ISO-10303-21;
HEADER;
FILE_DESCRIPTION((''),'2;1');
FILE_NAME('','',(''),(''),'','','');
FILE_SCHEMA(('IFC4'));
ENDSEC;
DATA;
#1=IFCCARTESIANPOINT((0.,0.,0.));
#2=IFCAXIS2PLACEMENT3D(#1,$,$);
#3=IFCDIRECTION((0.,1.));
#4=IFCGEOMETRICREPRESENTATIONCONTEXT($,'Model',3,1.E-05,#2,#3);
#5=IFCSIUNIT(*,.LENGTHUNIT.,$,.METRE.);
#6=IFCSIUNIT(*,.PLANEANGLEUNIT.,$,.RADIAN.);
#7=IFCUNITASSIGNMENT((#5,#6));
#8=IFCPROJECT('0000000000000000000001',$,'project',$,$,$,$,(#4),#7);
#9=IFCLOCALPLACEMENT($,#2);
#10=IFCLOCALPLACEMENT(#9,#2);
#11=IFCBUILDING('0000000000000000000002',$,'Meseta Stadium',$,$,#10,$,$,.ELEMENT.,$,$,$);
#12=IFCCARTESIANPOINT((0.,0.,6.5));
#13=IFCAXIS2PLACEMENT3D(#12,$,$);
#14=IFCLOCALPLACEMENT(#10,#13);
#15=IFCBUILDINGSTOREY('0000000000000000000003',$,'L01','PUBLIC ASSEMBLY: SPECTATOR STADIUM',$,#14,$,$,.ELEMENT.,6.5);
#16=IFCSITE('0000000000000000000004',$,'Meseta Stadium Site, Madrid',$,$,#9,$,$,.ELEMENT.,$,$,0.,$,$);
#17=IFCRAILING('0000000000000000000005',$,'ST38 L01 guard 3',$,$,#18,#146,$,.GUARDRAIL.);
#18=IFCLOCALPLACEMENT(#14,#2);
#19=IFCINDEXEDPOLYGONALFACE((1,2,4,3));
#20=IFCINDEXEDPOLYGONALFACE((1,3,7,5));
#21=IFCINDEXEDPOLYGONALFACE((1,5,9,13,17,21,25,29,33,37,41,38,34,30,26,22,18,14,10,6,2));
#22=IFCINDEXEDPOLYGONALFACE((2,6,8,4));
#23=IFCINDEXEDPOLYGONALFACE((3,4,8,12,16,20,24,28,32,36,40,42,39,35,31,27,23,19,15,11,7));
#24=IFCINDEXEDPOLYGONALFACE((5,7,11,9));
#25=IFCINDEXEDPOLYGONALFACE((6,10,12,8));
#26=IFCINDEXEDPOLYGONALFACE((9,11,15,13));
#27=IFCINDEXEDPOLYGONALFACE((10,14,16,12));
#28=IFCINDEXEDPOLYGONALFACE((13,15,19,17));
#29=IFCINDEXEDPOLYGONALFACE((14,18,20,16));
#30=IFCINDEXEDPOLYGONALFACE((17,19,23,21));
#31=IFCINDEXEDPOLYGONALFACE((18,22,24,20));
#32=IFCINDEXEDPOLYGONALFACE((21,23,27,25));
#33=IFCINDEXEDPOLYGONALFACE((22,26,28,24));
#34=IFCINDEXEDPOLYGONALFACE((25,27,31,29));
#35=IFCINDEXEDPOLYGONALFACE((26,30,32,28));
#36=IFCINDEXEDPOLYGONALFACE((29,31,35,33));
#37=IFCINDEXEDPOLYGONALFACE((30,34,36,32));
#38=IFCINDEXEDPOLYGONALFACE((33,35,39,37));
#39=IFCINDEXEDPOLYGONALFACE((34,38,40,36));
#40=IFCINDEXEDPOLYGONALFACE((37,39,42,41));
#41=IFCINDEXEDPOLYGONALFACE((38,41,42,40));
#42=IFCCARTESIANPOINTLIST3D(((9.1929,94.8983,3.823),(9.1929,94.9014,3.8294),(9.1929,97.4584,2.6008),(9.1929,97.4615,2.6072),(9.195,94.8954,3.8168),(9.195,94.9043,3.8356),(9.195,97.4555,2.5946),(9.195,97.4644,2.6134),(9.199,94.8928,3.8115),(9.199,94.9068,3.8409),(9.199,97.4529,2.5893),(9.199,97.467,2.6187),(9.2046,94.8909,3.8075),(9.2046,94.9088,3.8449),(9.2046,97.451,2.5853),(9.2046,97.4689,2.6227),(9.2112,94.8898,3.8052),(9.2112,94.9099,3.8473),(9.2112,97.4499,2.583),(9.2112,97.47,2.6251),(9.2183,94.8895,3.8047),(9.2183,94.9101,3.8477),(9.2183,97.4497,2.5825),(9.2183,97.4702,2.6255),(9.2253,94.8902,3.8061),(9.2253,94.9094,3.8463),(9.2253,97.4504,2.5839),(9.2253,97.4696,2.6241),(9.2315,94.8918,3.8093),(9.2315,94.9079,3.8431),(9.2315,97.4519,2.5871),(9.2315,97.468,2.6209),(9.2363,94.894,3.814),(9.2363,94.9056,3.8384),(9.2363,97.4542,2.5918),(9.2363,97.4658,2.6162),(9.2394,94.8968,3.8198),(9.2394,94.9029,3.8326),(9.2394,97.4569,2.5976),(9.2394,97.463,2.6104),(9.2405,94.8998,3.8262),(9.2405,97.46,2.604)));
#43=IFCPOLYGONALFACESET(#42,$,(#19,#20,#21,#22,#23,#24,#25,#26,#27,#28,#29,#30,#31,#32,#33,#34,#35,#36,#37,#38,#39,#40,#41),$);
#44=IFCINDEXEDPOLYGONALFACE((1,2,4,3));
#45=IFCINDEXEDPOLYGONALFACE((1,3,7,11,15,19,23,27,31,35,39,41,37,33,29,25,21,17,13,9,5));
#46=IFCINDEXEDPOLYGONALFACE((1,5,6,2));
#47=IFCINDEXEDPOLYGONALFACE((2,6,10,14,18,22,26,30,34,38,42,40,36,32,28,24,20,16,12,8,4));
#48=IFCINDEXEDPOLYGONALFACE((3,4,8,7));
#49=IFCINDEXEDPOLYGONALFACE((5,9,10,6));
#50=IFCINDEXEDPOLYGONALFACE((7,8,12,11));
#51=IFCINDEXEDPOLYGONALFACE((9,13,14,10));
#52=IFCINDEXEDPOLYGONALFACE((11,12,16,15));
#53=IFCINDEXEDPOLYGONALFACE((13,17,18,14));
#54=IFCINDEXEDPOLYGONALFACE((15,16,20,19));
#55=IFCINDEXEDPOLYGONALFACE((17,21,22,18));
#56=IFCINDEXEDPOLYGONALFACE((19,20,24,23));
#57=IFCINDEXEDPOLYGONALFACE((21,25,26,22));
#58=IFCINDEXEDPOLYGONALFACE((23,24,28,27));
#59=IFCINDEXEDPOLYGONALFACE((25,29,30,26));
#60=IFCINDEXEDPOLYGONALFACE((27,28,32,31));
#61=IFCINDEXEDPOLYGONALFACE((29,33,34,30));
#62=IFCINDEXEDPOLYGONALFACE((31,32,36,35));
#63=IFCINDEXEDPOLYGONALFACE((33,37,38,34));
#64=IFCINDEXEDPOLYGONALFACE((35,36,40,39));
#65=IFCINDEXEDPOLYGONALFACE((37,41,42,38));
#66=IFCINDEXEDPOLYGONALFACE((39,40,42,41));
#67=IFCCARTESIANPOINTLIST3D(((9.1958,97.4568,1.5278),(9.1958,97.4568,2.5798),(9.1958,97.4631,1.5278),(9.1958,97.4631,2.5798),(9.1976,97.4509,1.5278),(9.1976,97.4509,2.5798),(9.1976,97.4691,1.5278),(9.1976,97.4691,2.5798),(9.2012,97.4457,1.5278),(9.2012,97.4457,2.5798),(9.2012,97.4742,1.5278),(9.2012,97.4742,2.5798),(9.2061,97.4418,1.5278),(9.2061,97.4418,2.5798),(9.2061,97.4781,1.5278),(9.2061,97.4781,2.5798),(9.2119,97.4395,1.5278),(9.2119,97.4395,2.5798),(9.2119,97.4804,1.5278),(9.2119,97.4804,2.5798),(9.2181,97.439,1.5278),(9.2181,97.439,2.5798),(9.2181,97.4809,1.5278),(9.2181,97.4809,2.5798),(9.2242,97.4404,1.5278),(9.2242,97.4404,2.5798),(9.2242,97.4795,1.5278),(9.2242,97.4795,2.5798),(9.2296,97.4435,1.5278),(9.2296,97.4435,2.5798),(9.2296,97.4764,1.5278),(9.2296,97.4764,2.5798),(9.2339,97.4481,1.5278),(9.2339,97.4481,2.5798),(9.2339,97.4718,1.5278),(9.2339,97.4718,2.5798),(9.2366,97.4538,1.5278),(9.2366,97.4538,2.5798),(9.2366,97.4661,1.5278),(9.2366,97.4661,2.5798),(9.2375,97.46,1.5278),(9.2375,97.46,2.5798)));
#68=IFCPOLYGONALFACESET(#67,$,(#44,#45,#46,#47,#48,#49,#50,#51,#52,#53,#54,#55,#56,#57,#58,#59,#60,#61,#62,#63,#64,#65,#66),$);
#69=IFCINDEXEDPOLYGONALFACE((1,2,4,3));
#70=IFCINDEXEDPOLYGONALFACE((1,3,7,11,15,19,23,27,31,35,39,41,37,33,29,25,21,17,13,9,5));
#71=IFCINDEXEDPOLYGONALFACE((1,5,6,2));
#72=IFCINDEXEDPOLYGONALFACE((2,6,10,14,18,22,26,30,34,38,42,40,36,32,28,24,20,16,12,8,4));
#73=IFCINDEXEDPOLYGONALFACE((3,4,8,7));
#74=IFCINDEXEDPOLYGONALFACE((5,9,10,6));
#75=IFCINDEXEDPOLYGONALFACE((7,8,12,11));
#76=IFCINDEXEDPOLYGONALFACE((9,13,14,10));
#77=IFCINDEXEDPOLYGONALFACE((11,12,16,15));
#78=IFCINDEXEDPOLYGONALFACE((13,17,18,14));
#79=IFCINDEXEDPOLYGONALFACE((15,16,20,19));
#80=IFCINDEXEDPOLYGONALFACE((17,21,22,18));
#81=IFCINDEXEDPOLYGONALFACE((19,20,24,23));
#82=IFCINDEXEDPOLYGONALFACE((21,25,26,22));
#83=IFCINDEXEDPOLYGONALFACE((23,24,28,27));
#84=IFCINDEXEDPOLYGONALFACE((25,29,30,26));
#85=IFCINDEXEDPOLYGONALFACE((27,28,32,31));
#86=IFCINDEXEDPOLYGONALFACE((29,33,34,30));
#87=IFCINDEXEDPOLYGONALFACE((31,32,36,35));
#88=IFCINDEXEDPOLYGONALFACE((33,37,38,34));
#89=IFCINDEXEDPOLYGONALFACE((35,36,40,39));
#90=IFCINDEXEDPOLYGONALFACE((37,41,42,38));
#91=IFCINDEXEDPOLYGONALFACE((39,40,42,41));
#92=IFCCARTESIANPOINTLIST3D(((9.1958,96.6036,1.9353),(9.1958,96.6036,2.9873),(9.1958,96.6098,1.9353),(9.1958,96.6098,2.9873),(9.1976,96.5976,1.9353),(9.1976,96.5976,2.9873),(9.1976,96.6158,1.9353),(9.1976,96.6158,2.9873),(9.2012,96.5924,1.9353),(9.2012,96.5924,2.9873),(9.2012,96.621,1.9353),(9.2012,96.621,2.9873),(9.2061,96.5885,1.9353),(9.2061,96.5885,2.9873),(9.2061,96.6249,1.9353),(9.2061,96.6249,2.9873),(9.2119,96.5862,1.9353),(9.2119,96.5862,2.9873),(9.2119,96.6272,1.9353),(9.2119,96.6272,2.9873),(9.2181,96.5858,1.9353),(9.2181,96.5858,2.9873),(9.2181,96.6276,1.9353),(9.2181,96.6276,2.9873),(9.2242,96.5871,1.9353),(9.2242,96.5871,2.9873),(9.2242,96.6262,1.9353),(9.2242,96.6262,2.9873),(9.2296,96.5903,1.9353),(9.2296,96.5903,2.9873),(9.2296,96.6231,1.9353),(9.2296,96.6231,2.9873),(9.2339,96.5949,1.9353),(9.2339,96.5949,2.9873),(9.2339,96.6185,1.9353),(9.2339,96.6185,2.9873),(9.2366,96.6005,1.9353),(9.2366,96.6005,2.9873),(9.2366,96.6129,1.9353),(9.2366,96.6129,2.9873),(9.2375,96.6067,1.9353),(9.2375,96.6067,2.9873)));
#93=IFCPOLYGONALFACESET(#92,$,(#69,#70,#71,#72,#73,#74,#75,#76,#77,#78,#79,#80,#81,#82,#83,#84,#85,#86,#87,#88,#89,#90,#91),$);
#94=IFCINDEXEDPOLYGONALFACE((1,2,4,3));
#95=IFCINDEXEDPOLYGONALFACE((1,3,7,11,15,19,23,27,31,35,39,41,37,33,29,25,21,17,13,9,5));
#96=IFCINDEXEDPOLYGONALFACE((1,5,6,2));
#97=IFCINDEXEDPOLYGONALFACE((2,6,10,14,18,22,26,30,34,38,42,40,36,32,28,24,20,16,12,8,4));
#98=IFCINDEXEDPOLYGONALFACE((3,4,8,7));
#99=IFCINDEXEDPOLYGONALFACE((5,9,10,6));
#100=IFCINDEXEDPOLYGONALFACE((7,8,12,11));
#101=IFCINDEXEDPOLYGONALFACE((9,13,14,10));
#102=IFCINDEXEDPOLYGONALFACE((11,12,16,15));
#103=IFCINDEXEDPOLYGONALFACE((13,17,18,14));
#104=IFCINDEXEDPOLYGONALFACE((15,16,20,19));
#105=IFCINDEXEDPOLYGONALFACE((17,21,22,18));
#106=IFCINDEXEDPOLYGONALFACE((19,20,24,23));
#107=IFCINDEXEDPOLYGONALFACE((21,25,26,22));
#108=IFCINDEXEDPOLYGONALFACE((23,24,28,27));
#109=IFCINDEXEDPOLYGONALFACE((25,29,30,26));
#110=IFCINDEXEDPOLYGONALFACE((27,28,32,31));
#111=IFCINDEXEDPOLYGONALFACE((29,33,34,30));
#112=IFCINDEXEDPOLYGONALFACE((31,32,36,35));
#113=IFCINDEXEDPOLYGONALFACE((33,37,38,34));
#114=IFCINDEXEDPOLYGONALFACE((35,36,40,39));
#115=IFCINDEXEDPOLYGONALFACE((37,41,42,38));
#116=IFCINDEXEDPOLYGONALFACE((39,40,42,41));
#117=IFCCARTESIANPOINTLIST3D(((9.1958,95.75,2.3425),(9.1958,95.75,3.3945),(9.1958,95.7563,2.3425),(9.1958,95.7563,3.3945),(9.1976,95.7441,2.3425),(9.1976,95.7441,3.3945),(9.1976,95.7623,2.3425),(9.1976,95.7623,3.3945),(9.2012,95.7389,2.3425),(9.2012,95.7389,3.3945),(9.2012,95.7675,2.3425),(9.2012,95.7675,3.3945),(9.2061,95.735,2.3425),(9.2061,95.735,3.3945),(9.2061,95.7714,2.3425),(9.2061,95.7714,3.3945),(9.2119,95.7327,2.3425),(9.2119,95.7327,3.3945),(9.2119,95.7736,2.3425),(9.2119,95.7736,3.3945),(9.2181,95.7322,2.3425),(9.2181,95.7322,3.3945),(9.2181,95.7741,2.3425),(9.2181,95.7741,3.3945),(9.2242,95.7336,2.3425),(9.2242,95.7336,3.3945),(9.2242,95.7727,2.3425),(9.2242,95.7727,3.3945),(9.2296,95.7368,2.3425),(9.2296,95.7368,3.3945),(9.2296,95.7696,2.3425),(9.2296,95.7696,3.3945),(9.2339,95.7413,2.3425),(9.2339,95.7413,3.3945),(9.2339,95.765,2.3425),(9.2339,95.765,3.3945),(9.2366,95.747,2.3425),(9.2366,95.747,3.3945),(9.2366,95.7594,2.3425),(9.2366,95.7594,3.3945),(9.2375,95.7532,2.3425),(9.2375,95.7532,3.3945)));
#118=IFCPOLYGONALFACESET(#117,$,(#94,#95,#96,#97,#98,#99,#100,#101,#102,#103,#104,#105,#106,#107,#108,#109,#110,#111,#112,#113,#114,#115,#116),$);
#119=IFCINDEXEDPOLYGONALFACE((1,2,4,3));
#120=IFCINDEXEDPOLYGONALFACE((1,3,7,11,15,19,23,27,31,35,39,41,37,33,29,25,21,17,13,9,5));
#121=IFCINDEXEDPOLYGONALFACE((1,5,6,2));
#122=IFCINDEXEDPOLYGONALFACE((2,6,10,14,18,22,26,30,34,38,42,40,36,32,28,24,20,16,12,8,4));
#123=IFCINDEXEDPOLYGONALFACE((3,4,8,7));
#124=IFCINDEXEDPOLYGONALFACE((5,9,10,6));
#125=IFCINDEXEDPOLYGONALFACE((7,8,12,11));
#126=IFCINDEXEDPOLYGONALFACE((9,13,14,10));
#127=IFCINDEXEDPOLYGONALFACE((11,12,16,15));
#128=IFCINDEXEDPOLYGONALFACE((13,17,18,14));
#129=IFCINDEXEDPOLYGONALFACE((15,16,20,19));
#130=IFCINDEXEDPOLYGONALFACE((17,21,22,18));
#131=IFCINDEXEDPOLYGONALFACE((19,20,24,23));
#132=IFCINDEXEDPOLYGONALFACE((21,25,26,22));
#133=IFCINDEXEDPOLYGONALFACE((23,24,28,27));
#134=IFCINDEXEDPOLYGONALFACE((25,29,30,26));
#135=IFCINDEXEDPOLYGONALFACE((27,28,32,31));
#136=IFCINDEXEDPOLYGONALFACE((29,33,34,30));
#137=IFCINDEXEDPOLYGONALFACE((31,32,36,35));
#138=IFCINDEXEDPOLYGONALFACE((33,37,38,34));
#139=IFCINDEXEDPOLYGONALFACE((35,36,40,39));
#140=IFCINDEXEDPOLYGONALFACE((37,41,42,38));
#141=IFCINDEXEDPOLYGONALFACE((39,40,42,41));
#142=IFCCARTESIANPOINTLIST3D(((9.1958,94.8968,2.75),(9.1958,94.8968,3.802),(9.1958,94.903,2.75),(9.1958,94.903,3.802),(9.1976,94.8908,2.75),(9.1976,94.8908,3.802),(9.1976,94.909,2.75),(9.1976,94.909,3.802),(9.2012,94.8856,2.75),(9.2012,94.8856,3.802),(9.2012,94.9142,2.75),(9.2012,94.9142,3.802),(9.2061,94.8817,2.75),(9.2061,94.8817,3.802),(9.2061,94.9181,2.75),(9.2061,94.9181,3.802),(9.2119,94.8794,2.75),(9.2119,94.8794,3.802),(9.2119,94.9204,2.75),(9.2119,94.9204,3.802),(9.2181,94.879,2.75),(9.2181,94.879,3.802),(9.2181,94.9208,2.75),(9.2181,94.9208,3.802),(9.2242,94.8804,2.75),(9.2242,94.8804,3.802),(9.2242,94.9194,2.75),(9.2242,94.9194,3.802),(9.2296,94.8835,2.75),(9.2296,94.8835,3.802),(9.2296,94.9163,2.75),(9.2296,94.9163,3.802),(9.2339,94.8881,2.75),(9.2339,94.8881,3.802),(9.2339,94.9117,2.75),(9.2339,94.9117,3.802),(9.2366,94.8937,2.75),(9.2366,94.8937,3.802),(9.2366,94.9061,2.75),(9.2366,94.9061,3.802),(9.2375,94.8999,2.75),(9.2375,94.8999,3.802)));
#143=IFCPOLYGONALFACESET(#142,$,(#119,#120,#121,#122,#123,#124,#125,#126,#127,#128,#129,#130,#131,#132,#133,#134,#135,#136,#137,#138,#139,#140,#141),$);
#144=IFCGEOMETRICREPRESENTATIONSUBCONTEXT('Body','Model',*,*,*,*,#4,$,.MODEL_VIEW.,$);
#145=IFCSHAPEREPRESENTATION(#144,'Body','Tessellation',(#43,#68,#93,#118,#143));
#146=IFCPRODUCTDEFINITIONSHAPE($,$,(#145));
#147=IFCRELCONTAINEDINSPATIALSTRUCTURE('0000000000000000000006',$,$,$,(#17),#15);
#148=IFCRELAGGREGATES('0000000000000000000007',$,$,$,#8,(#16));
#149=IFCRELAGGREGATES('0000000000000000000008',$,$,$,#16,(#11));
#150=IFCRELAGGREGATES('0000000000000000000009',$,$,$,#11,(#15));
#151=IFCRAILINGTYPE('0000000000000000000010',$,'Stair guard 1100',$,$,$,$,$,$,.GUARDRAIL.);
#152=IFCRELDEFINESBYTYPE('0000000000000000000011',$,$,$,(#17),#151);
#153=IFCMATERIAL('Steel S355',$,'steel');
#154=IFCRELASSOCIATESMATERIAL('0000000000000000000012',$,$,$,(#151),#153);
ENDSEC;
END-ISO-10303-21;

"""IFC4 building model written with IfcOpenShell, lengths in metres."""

from ifc_helpers import new_model, si_unit, direction, frame, origin, origin_2d, place, context, subcontext, project, spatial, circle, extrude, material, type_object, element, save


model = new_model("IFC4")

# Units and contexts
model_context = context("Model", 3, precision=1e-05, world=origin(), true_north=direction((0.0, 1.0)))
body_context = subcontext(model_context, "Body", "Model", "MODEL_VIEW")
ifc_project = project(units=[si_unit("LENGTHUNIT", "METRE"), si_unit("PLANEANGLEUNIT", "RADIAN")], contexts=[model_context])

# Site, building, storey
site_placement = place(None, origin())
site = spatial("IfcSite", under=ifc_project, at=site_placement, Name="Meseta Stadium Site, Madrid", CompositionType="ELEMENT", RefElevation=0.0)
building_placement = place(site_placement, origin())
building = spatial("IfcBuilding", under=site, at=building_placement, Name="Meseta Stadium", CompositionType="ELEMENT")
storey_placement = place(building_placement, frame((0.0, 0.0, 6.5)))
storey = spatial("IfcBuildingStorey", under=building, at=storey_placement, Name="L01", Description="PUBLIC ASSEMBLY: SPECTATOR STADIUM", CompositionType="ELEMENT", Elevation=6.5)

# Railing
ifc_material_1 = material(Name="Steel S355", Category="steel")
railing_type_1 = type_object("IfcRailingType", Name="Stair guard 1100", PredefinedType="GUARDRAIL", material=ifc_material_1)
railing_1_placement = place(storey_placement, frame((9.2166, 97.46, 1.5278)))
element("IfcRailing", 1, at=railing_1_placement, inside=storey, type_object=railing_type_1, Name="ST38 L01 guard 3", PredefinedType="GUARDRAIL", context=body_context, shape_type="SweptSolid", body=[
    extrude(circle(Radius=0.0239, at=origin_2d()), frame((0.0, 0.0, 1.0762), z_axis=(0.0, -0.902437, 0.430822), x_axis=(1.0, 0.0, 0.0)), (0.0, 0.0, 1.0), 2.8369),
    extrude(circle(Radius=0.021, at=origin_2d()), origin(), (0.0, 0.0, 1.0), 1.052),
    extrude(circle(Radius=0.021, at=origin_2d()), frame((0.0, -0.8533, 0.4075)), (0.0, 0.0, 1.0), 1.052),
    extrude(circle(Radius=0.021, at=origin_2d()), frame((0.0, -1.7068, 0.8147)), (0.0, 0.0, 1.0), 1.052),
    extrude(circle(Radius=0.021, at=origin_2d()), frame((0.0, -2.5601, 1.2222)), (0.0, 0.0, 1.0), 1.052),
])

save(model, "model.ifc")
